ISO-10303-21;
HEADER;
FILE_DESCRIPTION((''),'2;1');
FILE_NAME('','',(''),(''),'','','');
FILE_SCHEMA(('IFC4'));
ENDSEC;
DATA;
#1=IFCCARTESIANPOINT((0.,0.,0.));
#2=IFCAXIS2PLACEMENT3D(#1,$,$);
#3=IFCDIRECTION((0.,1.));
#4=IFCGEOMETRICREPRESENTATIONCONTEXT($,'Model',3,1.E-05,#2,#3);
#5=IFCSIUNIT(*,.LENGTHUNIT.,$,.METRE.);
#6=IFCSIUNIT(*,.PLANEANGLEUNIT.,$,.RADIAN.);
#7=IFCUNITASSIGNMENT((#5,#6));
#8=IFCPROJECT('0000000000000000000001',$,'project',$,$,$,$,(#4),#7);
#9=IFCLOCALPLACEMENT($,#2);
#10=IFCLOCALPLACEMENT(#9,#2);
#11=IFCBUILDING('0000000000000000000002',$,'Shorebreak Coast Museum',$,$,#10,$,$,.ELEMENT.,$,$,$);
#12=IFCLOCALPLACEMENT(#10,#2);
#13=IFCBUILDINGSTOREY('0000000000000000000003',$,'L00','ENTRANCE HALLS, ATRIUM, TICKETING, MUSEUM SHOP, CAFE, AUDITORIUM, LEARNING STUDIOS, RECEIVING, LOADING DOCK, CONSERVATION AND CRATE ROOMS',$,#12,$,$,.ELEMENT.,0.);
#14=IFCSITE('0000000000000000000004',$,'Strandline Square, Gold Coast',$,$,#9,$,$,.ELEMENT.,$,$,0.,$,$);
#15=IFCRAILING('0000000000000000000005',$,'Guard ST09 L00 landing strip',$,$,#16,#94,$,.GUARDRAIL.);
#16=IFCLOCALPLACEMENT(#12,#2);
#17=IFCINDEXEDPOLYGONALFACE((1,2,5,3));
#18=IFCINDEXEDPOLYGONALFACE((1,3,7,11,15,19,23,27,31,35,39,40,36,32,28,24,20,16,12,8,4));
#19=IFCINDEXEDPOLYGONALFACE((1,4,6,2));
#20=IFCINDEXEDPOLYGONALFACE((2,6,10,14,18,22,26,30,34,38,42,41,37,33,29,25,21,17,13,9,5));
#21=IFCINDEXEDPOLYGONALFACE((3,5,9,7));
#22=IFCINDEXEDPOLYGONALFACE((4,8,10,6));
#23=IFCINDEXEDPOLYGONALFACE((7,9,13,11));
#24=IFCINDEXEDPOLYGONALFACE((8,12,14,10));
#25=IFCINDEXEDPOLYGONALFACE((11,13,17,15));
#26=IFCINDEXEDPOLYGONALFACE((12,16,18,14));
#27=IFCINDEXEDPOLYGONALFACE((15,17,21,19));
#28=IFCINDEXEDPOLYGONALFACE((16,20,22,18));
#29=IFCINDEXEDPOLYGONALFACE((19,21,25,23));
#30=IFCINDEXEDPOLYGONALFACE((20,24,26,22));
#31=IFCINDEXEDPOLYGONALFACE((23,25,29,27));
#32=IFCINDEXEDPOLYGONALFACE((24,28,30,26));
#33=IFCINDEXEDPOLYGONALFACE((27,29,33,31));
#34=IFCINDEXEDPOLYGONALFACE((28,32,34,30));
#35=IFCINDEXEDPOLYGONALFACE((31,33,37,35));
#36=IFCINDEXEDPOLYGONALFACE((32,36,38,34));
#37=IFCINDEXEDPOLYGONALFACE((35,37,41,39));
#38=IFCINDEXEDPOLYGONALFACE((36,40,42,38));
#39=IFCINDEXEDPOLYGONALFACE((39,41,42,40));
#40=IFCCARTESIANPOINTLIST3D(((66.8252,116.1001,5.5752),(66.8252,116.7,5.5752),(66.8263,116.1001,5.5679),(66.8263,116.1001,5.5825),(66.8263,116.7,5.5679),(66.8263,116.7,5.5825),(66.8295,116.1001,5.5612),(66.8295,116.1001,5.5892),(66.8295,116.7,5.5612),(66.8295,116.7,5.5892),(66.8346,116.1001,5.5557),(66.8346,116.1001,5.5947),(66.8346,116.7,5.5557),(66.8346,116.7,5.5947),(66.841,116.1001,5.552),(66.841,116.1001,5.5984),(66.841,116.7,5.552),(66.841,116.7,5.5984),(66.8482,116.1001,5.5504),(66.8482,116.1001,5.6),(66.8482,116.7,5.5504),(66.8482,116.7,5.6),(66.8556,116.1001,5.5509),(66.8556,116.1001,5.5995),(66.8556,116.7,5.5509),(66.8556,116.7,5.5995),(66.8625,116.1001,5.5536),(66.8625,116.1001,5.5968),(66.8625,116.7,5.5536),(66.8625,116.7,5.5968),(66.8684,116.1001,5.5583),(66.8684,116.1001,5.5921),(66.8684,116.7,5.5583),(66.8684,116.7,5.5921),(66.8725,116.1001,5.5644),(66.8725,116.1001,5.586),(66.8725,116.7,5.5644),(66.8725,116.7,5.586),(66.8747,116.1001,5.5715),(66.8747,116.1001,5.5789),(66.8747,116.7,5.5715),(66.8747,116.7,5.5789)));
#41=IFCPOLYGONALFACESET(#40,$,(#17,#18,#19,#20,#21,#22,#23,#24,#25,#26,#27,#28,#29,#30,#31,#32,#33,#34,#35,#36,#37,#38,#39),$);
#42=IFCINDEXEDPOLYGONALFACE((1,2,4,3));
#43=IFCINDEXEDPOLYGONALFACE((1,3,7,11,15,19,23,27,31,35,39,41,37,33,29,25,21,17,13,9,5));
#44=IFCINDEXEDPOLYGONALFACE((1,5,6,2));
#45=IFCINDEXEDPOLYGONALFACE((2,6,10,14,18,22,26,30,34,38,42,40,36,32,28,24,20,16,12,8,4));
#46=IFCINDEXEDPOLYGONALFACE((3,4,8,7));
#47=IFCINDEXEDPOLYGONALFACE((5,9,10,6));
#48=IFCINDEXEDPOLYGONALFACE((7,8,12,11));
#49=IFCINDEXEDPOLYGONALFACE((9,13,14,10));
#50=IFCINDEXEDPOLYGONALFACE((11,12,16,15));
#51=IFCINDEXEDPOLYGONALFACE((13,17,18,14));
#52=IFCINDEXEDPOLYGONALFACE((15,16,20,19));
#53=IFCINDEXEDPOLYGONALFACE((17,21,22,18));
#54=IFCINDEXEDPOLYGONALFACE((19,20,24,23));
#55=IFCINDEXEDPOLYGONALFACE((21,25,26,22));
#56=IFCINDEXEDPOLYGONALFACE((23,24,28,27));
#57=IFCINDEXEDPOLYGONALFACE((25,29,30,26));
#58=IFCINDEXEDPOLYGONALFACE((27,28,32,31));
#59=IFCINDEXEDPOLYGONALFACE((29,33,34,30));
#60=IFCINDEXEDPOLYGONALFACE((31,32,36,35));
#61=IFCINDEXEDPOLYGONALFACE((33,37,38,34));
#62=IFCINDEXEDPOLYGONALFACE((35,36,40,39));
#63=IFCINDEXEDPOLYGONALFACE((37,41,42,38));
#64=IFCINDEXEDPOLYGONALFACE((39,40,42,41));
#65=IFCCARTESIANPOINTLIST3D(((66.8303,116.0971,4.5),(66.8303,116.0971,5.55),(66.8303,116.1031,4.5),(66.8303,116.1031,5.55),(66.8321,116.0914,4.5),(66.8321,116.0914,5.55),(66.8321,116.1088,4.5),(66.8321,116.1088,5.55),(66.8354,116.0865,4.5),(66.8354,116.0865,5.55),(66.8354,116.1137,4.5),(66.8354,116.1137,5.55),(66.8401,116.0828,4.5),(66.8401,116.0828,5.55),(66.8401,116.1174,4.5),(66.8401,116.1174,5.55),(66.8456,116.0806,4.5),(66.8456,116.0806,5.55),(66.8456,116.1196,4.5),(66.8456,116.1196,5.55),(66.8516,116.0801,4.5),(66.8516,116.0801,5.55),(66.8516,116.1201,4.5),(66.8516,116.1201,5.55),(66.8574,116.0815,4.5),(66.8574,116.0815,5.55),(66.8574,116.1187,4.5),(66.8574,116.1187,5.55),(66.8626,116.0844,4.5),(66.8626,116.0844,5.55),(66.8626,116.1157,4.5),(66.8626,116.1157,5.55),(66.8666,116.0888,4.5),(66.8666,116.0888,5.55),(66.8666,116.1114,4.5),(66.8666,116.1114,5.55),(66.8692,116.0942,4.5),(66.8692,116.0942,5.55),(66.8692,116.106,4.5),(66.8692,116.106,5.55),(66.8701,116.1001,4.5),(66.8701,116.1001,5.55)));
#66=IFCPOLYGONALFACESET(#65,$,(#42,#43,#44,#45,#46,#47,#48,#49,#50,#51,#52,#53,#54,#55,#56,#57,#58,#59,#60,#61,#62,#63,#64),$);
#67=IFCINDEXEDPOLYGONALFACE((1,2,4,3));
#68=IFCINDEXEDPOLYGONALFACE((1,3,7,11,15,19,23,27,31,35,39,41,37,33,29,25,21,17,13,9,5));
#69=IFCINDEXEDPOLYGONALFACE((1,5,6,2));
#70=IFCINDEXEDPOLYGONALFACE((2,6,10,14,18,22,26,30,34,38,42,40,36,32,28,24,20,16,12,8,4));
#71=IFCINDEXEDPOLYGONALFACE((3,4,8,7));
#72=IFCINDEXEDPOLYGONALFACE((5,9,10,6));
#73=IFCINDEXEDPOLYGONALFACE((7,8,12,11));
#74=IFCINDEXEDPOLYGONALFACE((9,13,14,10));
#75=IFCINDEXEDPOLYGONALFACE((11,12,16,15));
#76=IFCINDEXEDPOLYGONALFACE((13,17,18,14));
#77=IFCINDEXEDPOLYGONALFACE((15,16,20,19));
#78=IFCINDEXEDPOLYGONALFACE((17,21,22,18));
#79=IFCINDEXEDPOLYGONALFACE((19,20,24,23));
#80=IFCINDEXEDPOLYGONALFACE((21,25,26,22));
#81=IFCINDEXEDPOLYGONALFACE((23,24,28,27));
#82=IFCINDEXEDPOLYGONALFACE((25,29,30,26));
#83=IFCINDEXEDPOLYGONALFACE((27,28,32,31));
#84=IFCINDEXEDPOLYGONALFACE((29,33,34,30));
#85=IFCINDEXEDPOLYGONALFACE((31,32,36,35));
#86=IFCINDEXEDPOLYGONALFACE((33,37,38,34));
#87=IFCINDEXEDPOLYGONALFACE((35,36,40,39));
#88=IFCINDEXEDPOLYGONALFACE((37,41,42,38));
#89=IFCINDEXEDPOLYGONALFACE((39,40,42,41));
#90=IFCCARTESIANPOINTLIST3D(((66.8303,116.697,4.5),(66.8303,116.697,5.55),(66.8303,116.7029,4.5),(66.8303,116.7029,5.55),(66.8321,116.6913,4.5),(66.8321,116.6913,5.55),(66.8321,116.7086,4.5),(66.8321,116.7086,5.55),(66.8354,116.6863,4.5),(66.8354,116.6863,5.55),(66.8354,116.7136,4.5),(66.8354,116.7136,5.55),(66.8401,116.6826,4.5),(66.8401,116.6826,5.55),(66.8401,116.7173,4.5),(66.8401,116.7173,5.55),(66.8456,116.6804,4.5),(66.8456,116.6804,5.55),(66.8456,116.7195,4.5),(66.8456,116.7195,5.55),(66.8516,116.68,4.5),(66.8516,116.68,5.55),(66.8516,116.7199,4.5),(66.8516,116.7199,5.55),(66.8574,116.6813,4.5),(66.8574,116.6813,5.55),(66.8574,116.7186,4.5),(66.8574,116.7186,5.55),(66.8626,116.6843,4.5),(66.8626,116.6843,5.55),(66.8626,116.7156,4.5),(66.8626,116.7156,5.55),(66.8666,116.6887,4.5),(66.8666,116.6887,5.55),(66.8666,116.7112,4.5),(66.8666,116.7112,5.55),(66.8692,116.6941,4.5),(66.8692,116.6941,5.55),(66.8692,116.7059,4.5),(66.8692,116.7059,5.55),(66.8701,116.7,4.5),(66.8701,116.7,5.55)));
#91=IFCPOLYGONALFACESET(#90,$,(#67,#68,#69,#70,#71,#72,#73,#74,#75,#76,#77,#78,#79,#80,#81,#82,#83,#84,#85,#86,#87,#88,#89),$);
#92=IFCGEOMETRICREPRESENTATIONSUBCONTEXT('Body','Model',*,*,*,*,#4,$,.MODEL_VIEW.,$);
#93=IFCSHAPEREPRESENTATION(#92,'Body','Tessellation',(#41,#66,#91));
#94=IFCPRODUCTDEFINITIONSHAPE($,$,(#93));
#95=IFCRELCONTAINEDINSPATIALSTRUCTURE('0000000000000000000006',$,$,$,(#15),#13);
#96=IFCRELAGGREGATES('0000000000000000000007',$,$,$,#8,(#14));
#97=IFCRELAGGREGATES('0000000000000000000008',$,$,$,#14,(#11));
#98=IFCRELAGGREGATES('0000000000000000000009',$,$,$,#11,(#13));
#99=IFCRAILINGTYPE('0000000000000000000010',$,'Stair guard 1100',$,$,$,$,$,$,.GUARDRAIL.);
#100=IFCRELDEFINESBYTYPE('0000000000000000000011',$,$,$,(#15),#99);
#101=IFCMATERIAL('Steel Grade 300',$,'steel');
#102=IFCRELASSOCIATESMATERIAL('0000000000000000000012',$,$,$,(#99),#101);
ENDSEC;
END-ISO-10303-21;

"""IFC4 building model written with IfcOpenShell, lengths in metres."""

from ifc_helpers import new_model, si_unit, direction, frame, origin, origin_2d, place, context, subcontext, project, spatial, circle, extrude, material, type_object, element, save


model = new_model("IFC4")

# Units and contexts
model_context = context("Model", 3, precision=1e-05, world=origin(), true_north=direction((0.0, 1.0)))
body_context = subcontext(model_context, "Body", "Model", "MODEL_VIEW")
ifc_project = project(units=[si_unit("LENGTHUNIT", "METRE"), si_unit("PLANEANGLEUNIT", "RADIAN")], contexts=[model_context])

# Site, building, storey
site_placement = place(None, origin())
site = spatial("IfcSite", under=ifc_project, at=site_placement, Name="Strandline Square, Gold Coast", CompositionType="ELEMENT", RefElevation=0.0)
building_placement = place(site_placement, origin())
building = spatial("IfcBuilding", under=site, at=building_placement, Name="Shorebreak Coast Museum", CompositionType="ELEMENT")
storey_placement = place(building_placement, origin())
storey = spatial("IfcBuildingStorey", under=building, at=storey_placement, Name="L00", Description="ENTRANCE HALLS, ATRIUM, TICKETING, MUSEUM SHOP, CAFE, AUDITORIUM, LEARNING STUDIOS, RECEIVING, LOADING DOCK, CONSERVATION AND CRATE ROOMS", CompositionType="ELEMENT", Elevation=0.0)

# Railing
ifc_material_1 = material(Name="Steel Grade 300", Category="steel")
railing_type_1 = type_object("IfcRailingType", Name="Stair guard 1100", PredefinedType="GUARDRAIL", material=ifc_material_1)
railing_1_placement = place(storey_placement, frame((66.8501, 116.1001, 4.5)))
element("IfcRailing", 1, at=railing_1_placement, inside=storey, type_object=railing_type_1, Name="Guard ST09 L00 landing strip", PredefinedType="GUARDRAIL", context=body_context, shape_type="SweptSolid", body=[
    extrude(circle(Radius=0.0249, at=origin_2d()), frame((0.0, 0.0, 1.0752), z_axis=(0.0, 1.0, 0.0), x_axis=(-1.0, 0.0, 0.0)), (0.0, 0.0, 1.0), 0.5999),
    extrude(circle(Radius=0.02, at=origin_2d()), origin(), (0.0, 0.0, 1.0), 1.05),
    extrude(circle(Radius=0.02, at=origin_2d()), frame((0.0, 0.5999, 0.0)), (0.0, 0.0, 1.0), 1.05),
])

save(model, "model.ifc")
